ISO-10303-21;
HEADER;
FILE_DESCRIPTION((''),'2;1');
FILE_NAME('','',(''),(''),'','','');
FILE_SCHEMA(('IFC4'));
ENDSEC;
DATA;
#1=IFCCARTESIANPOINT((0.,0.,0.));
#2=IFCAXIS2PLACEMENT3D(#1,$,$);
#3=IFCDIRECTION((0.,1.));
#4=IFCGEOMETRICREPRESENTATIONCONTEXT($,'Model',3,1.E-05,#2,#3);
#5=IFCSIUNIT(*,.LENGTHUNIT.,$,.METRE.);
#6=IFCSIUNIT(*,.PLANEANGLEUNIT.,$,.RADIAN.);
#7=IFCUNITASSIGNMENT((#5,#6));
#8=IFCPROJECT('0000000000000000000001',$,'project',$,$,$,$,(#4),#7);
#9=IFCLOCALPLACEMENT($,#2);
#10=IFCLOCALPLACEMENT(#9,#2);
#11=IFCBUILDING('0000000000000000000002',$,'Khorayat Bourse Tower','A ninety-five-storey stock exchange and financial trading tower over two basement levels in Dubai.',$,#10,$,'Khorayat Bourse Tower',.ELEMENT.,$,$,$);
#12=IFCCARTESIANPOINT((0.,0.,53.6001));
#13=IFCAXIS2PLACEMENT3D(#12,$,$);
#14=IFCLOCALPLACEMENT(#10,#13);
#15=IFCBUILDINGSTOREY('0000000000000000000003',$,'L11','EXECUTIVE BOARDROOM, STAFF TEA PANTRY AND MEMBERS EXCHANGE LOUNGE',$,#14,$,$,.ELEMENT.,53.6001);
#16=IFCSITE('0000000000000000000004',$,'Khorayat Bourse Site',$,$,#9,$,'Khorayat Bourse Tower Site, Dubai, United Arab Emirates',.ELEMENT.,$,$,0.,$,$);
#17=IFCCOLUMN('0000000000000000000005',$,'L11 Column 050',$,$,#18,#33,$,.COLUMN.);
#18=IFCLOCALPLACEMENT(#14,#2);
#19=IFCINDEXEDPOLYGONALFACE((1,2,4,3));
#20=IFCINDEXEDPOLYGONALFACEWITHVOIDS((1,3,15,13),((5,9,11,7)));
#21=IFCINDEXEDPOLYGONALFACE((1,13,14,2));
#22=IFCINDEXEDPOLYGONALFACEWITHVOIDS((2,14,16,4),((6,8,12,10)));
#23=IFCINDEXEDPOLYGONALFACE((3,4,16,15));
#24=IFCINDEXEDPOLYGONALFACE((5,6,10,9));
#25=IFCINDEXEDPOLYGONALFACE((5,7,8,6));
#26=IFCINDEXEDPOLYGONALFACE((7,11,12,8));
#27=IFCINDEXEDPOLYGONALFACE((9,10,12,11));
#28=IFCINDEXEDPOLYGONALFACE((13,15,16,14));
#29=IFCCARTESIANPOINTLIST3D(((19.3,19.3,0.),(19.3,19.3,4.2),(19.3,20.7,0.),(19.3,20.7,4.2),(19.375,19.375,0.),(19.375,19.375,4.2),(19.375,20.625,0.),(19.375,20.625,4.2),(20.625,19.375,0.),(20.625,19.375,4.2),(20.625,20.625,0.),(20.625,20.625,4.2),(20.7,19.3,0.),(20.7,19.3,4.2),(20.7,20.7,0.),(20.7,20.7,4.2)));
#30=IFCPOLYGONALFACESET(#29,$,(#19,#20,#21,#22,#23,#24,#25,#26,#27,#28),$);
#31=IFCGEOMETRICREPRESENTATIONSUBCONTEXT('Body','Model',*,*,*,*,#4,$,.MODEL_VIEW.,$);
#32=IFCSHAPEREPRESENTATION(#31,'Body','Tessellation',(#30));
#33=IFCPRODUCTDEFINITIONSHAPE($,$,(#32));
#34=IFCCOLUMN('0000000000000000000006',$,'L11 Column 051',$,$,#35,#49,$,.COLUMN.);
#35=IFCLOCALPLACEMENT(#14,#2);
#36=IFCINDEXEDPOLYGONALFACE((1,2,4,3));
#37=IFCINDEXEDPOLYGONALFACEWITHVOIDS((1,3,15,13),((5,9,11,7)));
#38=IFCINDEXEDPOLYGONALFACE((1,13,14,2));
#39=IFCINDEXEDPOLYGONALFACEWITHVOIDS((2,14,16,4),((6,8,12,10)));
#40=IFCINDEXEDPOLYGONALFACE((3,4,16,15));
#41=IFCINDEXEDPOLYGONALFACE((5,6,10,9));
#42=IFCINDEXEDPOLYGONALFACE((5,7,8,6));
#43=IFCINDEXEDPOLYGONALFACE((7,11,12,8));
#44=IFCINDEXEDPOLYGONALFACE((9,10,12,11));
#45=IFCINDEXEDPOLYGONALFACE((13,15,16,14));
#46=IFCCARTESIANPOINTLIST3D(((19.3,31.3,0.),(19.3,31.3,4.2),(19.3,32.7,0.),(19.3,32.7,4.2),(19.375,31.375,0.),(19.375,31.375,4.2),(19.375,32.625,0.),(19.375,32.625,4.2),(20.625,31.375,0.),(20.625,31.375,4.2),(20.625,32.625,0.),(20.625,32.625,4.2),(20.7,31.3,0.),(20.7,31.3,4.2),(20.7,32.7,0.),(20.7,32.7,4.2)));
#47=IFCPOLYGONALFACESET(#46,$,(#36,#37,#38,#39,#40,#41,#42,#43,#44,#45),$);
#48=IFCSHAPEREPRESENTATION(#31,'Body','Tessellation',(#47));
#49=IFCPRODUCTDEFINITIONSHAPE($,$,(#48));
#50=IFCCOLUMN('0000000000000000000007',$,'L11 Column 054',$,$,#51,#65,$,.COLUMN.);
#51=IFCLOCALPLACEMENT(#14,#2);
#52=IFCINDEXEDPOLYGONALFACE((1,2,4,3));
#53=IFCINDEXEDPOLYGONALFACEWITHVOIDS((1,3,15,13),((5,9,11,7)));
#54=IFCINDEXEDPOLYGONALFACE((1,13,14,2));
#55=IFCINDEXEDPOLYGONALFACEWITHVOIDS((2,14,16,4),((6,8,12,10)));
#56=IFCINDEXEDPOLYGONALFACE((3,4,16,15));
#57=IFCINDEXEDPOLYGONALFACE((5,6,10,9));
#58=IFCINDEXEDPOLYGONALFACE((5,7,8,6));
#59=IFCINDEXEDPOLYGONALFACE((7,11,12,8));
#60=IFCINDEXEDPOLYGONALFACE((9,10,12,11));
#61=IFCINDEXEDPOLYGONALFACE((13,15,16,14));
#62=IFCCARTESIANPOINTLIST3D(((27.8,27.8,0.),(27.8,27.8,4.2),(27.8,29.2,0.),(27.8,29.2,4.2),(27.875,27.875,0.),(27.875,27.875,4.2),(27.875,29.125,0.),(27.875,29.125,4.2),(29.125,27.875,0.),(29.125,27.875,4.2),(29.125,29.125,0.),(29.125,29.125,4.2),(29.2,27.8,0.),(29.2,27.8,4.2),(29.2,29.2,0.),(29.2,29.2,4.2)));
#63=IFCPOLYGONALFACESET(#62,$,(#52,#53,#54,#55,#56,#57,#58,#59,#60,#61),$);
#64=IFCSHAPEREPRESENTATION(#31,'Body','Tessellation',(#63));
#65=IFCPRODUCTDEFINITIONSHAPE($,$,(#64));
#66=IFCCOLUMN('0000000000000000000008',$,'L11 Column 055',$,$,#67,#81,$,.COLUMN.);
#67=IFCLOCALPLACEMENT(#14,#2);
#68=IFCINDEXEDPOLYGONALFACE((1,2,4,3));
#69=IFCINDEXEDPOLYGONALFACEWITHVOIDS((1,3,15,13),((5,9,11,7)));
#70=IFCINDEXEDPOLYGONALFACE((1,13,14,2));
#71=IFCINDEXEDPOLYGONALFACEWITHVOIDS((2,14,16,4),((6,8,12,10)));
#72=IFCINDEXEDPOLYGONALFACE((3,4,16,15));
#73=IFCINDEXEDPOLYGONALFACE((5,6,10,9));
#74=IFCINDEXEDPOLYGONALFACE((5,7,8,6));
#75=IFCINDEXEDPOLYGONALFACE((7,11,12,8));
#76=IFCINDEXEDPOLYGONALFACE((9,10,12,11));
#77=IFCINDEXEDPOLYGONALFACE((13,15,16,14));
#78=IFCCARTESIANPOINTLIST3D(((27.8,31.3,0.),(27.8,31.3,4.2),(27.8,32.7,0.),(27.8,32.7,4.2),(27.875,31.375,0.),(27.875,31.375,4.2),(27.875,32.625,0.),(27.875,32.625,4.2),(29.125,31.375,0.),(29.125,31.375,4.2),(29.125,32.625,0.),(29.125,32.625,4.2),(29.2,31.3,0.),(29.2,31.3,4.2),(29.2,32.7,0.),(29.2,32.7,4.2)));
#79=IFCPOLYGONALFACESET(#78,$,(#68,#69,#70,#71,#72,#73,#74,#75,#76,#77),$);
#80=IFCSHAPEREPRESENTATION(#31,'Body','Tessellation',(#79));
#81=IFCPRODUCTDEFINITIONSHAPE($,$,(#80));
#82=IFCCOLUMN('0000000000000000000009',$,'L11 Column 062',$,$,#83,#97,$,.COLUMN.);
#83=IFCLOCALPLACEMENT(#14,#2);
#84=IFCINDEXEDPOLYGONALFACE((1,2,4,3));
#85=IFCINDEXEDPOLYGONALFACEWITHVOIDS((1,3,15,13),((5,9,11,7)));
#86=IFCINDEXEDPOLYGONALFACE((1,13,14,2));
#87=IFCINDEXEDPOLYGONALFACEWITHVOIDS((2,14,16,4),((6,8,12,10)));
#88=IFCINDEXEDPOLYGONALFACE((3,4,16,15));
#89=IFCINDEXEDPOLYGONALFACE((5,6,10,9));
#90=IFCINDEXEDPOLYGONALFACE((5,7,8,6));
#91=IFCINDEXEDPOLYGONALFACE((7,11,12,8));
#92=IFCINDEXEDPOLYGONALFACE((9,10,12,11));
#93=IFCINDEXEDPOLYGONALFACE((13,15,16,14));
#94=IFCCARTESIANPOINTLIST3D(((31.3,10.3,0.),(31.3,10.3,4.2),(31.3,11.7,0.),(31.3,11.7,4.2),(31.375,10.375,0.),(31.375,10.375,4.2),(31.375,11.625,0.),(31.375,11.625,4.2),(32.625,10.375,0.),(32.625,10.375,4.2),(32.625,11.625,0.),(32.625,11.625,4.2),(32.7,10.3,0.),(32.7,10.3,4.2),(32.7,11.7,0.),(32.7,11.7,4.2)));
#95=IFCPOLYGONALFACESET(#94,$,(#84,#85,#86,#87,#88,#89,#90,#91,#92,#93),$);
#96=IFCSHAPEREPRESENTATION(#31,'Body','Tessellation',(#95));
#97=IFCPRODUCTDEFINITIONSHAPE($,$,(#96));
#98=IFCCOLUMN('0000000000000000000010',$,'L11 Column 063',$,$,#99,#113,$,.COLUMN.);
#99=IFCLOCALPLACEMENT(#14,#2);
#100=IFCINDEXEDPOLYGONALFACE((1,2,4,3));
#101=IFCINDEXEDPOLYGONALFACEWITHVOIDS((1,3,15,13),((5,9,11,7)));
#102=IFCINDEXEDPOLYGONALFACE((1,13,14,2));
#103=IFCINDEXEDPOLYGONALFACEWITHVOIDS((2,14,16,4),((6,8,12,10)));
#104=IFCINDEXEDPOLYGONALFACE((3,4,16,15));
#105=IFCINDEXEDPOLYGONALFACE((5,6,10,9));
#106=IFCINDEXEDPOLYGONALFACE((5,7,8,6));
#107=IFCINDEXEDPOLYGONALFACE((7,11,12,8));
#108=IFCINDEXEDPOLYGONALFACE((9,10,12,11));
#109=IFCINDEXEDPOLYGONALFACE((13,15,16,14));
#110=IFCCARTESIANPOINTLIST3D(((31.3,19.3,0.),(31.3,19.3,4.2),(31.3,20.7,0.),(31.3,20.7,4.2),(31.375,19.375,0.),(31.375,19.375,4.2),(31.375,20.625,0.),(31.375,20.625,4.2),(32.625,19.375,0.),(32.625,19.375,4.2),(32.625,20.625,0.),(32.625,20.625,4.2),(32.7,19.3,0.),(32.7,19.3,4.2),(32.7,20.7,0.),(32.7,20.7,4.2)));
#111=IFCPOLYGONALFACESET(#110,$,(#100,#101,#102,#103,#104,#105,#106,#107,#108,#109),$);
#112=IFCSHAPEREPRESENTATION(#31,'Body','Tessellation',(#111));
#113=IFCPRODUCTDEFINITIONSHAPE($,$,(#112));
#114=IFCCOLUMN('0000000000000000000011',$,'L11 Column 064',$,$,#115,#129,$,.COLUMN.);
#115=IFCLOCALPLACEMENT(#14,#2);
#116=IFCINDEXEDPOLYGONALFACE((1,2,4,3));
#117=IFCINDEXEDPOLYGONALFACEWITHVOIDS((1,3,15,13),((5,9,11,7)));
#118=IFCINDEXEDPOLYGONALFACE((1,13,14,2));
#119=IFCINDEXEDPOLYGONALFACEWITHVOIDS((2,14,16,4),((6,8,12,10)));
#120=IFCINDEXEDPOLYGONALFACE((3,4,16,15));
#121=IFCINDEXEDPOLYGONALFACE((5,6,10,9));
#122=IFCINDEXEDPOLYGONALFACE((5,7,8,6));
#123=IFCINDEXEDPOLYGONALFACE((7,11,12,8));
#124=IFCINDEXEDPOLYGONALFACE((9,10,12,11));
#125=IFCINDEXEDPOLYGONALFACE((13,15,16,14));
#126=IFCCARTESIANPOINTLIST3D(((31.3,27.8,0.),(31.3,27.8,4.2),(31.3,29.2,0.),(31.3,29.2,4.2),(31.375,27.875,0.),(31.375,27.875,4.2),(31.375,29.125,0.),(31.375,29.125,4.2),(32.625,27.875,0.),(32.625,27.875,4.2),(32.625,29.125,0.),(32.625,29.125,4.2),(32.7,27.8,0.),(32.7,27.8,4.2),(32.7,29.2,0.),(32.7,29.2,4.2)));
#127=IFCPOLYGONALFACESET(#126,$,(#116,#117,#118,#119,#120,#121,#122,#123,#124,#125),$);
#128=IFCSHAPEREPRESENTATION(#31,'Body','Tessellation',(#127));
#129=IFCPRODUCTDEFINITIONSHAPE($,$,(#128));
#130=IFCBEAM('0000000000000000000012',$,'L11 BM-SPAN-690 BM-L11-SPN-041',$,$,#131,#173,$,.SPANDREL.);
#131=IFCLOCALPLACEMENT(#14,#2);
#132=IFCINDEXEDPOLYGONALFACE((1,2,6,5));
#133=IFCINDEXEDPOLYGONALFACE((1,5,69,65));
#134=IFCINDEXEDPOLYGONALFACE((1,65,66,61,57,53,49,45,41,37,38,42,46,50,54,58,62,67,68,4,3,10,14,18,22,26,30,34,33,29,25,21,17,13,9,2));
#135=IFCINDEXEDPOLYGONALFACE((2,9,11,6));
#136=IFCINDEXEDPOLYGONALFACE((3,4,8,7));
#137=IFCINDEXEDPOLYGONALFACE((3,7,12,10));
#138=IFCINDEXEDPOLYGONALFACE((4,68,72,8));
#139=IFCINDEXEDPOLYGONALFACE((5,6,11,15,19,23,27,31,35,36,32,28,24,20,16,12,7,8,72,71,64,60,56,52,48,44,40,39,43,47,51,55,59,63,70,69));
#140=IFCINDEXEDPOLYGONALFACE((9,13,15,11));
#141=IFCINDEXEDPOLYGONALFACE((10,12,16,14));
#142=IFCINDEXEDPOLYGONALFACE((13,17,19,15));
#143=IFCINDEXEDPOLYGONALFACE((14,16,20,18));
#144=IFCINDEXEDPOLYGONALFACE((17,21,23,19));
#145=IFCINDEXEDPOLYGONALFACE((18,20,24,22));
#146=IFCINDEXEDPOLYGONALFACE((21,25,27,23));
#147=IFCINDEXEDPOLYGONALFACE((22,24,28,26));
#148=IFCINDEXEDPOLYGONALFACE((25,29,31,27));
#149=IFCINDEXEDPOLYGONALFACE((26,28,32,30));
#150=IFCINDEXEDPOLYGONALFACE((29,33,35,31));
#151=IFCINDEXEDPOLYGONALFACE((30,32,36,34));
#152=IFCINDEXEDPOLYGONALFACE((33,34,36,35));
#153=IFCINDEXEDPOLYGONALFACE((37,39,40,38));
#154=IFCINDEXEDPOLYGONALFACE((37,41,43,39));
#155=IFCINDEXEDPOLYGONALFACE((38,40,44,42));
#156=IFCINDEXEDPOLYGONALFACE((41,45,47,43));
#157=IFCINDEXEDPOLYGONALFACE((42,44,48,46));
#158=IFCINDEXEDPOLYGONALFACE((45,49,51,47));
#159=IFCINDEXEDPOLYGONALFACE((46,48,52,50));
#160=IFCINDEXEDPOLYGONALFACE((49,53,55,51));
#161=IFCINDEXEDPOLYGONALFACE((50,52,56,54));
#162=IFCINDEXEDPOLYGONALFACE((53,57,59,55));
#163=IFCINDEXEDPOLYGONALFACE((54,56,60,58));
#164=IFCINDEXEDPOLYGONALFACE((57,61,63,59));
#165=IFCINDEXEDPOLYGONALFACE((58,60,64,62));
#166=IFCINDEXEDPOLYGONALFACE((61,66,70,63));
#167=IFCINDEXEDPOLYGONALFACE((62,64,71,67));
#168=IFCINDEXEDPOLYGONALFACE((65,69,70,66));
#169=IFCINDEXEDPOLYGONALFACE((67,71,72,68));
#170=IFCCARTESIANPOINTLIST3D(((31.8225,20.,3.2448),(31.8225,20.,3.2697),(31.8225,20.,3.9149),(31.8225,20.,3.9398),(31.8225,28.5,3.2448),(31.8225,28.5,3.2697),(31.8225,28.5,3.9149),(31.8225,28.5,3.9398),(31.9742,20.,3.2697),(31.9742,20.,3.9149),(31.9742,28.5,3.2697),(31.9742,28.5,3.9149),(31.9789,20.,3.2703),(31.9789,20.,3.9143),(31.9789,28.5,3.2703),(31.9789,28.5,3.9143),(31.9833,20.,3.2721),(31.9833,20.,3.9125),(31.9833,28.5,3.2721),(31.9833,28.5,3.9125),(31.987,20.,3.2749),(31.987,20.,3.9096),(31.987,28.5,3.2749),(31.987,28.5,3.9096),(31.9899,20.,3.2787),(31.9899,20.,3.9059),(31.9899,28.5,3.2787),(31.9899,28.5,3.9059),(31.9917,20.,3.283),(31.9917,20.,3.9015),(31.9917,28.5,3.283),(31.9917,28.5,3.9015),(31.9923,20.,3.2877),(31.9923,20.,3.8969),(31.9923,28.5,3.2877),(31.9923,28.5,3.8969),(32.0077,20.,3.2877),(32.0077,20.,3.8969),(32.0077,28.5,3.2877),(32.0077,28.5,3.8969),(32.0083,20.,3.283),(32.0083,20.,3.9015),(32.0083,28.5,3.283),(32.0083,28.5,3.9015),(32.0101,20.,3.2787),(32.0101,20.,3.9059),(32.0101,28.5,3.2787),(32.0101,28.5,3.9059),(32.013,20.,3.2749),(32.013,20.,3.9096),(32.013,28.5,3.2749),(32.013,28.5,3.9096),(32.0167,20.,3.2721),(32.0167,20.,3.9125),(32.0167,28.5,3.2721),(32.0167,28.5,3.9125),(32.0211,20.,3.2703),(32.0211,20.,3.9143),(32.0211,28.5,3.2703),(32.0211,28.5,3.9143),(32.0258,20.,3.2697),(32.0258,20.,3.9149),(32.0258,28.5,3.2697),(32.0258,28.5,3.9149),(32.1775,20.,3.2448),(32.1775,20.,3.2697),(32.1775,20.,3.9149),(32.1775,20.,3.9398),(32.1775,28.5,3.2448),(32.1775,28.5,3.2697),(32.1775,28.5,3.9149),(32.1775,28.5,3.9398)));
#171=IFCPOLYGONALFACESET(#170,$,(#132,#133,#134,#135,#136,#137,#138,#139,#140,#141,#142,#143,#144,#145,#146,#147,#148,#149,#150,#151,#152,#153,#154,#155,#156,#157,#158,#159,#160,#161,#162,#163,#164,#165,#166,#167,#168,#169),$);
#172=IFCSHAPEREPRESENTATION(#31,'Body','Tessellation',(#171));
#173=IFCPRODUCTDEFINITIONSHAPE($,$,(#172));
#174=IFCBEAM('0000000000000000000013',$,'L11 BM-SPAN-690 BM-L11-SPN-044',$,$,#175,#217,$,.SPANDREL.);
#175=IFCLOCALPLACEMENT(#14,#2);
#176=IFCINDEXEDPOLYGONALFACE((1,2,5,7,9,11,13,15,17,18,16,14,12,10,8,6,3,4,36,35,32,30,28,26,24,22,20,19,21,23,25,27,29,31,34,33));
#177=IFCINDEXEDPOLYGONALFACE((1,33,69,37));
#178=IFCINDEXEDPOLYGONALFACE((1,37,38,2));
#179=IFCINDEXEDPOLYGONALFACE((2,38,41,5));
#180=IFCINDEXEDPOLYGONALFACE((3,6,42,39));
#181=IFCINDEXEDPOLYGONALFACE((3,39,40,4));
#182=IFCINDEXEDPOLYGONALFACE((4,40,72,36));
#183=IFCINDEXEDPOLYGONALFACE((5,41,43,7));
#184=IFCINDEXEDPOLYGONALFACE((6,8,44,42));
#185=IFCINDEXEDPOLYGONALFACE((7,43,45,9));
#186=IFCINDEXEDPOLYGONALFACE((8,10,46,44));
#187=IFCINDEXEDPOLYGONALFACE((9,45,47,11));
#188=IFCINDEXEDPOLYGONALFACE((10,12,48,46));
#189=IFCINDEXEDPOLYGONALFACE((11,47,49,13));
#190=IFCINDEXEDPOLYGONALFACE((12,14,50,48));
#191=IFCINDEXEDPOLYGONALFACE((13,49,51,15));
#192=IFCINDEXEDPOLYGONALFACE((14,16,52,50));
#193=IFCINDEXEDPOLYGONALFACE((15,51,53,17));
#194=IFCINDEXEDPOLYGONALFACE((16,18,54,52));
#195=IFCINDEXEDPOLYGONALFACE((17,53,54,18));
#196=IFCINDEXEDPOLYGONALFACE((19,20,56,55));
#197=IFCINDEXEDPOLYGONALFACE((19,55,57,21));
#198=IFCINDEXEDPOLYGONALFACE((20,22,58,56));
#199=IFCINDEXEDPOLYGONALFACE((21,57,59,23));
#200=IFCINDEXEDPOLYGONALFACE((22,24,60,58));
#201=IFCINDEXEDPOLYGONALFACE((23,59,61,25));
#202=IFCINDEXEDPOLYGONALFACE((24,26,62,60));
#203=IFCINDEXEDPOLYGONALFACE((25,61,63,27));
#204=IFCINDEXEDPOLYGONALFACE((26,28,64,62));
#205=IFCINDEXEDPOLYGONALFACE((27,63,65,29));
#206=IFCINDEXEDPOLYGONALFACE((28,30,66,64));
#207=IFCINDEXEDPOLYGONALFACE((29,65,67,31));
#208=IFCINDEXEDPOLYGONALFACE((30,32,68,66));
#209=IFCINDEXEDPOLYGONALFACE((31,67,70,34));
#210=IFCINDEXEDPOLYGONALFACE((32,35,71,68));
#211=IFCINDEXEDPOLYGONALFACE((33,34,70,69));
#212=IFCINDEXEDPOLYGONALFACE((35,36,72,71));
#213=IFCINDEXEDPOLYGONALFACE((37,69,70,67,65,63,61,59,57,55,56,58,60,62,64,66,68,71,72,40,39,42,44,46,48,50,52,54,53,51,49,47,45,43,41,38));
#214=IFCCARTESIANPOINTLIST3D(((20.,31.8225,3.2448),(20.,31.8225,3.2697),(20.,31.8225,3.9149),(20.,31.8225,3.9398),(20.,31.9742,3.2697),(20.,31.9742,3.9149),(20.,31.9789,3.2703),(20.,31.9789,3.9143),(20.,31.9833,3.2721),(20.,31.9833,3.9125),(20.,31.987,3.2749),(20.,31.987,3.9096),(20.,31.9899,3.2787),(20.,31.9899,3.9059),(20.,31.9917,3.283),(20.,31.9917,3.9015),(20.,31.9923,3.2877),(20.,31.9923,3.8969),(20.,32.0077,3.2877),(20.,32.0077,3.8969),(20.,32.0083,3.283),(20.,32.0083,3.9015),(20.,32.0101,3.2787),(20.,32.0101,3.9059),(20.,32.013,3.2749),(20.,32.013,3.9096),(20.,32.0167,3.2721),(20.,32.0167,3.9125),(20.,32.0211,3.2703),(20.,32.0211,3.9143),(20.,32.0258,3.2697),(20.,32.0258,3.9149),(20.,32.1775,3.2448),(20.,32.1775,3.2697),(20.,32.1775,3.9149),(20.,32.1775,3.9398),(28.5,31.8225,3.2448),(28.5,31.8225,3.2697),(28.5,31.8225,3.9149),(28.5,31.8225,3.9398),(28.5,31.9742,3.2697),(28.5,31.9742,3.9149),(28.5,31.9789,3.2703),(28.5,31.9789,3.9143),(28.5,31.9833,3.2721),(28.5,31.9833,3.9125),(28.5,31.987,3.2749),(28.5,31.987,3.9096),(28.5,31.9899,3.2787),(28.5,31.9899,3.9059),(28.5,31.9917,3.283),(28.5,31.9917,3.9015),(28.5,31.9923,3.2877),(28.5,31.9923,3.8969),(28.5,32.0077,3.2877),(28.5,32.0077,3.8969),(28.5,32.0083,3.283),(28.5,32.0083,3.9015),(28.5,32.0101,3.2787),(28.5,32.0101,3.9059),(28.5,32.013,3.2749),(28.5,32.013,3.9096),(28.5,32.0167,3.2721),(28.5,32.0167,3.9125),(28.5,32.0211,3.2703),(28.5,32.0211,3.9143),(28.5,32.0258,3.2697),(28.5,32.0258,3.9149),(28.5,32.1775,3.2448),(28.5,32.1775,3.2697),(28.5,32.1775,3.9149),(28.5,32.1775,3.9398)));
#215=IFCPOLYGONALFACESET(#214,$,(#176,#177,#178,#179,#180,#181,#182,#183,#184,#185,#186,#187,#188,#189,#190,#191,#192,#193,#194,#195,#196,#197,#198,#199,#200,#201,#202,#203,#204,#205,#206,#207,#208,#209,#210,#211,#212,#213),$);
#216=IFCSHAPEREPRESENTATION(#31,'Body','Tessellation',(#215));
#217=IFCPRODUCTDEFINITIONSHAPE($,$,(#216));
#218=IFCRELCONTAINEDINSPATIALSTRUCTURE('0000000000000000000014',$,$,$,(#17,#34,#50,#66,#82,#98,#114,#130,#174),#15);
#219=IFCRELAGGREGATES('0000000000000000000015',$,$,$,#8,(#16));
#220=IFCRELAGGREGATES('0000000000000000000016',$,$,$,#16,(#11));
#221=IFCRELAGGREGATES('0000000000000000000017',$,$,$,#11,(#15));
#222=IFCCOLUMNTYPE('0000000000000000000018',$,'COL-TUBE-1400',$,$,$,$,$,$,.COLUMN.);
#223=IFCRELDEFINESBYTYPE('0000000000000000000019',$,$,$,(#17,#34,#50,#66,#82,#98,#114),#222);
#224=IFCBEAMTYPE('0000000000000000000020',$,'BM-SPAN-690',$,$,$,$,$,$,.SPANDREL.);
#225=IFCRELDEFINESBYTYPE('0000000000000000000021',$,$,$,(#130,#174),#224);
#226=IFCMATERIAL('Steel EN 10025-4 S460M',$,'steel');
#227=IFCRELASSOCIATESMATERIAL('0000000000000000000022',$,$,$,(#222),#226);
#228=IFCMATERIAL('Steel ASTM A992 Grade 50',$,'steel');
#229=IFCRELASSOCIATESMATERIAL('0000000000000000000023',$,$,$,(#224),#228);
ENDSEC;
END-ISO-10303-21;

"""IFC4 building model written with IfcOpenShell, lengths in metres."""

from ifc_helpers import new_model, si_unit, direction, frame, origin, origin_2d, place, context, subcontext, project, spatial, hollow_rectangle, i_section, extrude, source, transform, mapped, material, material_profile, profile_set, type_object, element, save


model = new_model("IFC4")

# Units and contexts
model_context = context("Model", 3, precision=1e-05, world=origin(), true_north=direction((0.0, 1.0)))
body_context = subcontext(model_context, "Body", "Model", "MODEL_VIEW")
ifc_project = project(units=[si_unit("LENGTHUNIT", "METRE"), si_unit("PLANEANGLEUNIT", "RADIAN")], contexts=[model_context])

# Site, building, storey
site_placement = place(None, origin())
site = spatial("IfcSite", under=ifc_project, at=site_placement, Name="Khorayat Bourse Site", LongName="Khorayat Bourse Tower Site, Dubai, United Arab Emirates", CompositionType="ELEMENT", RefElevation=0.0)
building_placement = place(site_placement, origin())
building = spatial("IfcBuilding", under=site, at=building_placement, Name="Khorayat Bourse Tower", Description="A ninety-five-storey stock exchange and financial trading tower over two basement levels in Dubai.", LongName="Khorayat Bourse Tower", CompositionType="ELEMENT")
storey_placement = place(building_placement, frame((0.0, 0.0, 53.6001)))
storey = spatial("IfcBuildingStorey", under=building, at=storey_placement, Name="L11", Description="EXECUTIVE BOARDROOM, STAFF TEA PANTRY AND MEMBERS EXCHANGE LOUNGE", CompositionType="ELEMENT", Elevation=53.6001)

# Columns
ifc_material_1 = material(Name="Steel EN 10025-4 S460M", Category="steel")
ifc_material_profile_1 = material_profile(ifc_material_1, hollow_rectangle(XDim=1.3999, YDim=1.3999, WallThickness=0.075, at=origin_2d()), Name="BOX 1400x1400x75")
ifc_profile_set_1 = profile_set([ifc_material_profile_1], Name="Steel EN 10025-4 S460M")
column_type = type_object("IfcColumnType", Name="COL-TUBE-1400", PredefinedType="COLUMN", material=ifc_profile_set_1)
shared_shape_1 = source(origin(), body_context, "Body", "SweptSolid", [
    extrude(hollow_rectangle(XDim=1.3999, YDim=1.3999, WallThickness=0.075, at=origin_2d()), origin(), (0.0, 0.0, 1.0), 4.2),
])
for number, where, z_axis, x_axis, name in (
    (1, (20.0, 20.0, 0.0), (0.0, 0.0, 1.0), (1.0, 0.0, 0.0), "L11 Column 050"),
    (2, (20.0, 32.0, 0.0), (0.0, 0.0, 1.0), (1.0, 0.0, 0.0), "L11 Column 051"),
    (3, (28.5, 28.5, 0.0), (0.0, 0.0, 1.0), (1.0, 0.0, 0.0), "L11 Column 054"),
    (4, (28.5, 32.0, 0.0), (0.0, 0.0, 1.0), (1.0, 0.0, 0.0), "L11 Column 055"),
    (5, (32.0, 11.0, 0.0), (0.0, 0.0, 1.0), (1.0, 0.0, 0.0), "L11 Column 062"),
    (6, (32.0, 20.0, 0.0), (0.0, 0.0, 1.0), (1.0, 0.0, 0.0), "L11 Column 063"),
    (7, (32.0, 28.5, 0.0), (0.0, 0.0, 1.0), (1.0, 0.0, 0.0), "L11 Column 064"),
):
    element("IfcColumn", number, at=place(storey_placement, frame(where, z_axis=z_axis, x_axis=x_axis)), inside=storey, type_object=column_type, Name=name, PredefinedType="COLUMN", context=body_context, shape_type="MappedRepresentation", body=[
        mapped(shared_shape_1, transform((0.0, 0.0, 0.0), scale=1.0)),
    ])

# Beams
ifc_material_2 = material(Name="Steel ASTM A992 Grade 50", Category="steel")
ifc_material_profile_2 = material_profile(ifc_material_2, i_section(OverallWidth=0.355, OverallDepth=0.6951, WebThickness=0.0154, FlangeThickness=0.0249, FilletRadius=0.0181, at=origin_2d()), Name="W690X217")
ifc_profile_set_2 = profile_set([ifc_material_profile_2], Name="Steel ASTM A992 Grade 50")
beam_type_1 = type_object("IfcBeamType", Name="BM-SPAN-690", PredefinedType="SPANDREL", material=ifc_profile_set_2)
shared_shape_2 = source(origin(), body_context, "Body", "SweptSolid", [
    extrude(i_section(OverallWidth=0.355, OverallDepth=0.6951, WebThickness=0.0154, FlangeThickness=0.0249, FilletRadius=0.0181, at=origin_2d()), origin(), (0.0, 0.0, 1.0), 8.5),
])
for number, where, z_axis, x_axis, name in (
    (8, (32.0, 20.0, 3.5923), (0.0, 1.0, 0.0), (-1.0, 0.0, 0.0), "L11 BM-SPAN-690 BM-L11-SPN-041"),
    (9, (20.0, 32.0, 3.5923), (1.0, 0.0, 0.0), (0.0, 1.0, 0.0), "L11 BM-SPAN-690 BM-L11-SPN-044"),
):
    element("IfcBeam", number, at=place(storey_placement, frame(where, z_axis=z_axis, x_axis=x_axis)), inside=storey, type_object=beam_type_1, Name=name, PredefinedType="SPANDREL", context=body_context, shape_type="MappedRepresentation", body=[
        mapped(shared_shape_2, transform((0.0, 0.0, 0.0), scale=1.0)),
    ])

save(model, "model.ifc")
